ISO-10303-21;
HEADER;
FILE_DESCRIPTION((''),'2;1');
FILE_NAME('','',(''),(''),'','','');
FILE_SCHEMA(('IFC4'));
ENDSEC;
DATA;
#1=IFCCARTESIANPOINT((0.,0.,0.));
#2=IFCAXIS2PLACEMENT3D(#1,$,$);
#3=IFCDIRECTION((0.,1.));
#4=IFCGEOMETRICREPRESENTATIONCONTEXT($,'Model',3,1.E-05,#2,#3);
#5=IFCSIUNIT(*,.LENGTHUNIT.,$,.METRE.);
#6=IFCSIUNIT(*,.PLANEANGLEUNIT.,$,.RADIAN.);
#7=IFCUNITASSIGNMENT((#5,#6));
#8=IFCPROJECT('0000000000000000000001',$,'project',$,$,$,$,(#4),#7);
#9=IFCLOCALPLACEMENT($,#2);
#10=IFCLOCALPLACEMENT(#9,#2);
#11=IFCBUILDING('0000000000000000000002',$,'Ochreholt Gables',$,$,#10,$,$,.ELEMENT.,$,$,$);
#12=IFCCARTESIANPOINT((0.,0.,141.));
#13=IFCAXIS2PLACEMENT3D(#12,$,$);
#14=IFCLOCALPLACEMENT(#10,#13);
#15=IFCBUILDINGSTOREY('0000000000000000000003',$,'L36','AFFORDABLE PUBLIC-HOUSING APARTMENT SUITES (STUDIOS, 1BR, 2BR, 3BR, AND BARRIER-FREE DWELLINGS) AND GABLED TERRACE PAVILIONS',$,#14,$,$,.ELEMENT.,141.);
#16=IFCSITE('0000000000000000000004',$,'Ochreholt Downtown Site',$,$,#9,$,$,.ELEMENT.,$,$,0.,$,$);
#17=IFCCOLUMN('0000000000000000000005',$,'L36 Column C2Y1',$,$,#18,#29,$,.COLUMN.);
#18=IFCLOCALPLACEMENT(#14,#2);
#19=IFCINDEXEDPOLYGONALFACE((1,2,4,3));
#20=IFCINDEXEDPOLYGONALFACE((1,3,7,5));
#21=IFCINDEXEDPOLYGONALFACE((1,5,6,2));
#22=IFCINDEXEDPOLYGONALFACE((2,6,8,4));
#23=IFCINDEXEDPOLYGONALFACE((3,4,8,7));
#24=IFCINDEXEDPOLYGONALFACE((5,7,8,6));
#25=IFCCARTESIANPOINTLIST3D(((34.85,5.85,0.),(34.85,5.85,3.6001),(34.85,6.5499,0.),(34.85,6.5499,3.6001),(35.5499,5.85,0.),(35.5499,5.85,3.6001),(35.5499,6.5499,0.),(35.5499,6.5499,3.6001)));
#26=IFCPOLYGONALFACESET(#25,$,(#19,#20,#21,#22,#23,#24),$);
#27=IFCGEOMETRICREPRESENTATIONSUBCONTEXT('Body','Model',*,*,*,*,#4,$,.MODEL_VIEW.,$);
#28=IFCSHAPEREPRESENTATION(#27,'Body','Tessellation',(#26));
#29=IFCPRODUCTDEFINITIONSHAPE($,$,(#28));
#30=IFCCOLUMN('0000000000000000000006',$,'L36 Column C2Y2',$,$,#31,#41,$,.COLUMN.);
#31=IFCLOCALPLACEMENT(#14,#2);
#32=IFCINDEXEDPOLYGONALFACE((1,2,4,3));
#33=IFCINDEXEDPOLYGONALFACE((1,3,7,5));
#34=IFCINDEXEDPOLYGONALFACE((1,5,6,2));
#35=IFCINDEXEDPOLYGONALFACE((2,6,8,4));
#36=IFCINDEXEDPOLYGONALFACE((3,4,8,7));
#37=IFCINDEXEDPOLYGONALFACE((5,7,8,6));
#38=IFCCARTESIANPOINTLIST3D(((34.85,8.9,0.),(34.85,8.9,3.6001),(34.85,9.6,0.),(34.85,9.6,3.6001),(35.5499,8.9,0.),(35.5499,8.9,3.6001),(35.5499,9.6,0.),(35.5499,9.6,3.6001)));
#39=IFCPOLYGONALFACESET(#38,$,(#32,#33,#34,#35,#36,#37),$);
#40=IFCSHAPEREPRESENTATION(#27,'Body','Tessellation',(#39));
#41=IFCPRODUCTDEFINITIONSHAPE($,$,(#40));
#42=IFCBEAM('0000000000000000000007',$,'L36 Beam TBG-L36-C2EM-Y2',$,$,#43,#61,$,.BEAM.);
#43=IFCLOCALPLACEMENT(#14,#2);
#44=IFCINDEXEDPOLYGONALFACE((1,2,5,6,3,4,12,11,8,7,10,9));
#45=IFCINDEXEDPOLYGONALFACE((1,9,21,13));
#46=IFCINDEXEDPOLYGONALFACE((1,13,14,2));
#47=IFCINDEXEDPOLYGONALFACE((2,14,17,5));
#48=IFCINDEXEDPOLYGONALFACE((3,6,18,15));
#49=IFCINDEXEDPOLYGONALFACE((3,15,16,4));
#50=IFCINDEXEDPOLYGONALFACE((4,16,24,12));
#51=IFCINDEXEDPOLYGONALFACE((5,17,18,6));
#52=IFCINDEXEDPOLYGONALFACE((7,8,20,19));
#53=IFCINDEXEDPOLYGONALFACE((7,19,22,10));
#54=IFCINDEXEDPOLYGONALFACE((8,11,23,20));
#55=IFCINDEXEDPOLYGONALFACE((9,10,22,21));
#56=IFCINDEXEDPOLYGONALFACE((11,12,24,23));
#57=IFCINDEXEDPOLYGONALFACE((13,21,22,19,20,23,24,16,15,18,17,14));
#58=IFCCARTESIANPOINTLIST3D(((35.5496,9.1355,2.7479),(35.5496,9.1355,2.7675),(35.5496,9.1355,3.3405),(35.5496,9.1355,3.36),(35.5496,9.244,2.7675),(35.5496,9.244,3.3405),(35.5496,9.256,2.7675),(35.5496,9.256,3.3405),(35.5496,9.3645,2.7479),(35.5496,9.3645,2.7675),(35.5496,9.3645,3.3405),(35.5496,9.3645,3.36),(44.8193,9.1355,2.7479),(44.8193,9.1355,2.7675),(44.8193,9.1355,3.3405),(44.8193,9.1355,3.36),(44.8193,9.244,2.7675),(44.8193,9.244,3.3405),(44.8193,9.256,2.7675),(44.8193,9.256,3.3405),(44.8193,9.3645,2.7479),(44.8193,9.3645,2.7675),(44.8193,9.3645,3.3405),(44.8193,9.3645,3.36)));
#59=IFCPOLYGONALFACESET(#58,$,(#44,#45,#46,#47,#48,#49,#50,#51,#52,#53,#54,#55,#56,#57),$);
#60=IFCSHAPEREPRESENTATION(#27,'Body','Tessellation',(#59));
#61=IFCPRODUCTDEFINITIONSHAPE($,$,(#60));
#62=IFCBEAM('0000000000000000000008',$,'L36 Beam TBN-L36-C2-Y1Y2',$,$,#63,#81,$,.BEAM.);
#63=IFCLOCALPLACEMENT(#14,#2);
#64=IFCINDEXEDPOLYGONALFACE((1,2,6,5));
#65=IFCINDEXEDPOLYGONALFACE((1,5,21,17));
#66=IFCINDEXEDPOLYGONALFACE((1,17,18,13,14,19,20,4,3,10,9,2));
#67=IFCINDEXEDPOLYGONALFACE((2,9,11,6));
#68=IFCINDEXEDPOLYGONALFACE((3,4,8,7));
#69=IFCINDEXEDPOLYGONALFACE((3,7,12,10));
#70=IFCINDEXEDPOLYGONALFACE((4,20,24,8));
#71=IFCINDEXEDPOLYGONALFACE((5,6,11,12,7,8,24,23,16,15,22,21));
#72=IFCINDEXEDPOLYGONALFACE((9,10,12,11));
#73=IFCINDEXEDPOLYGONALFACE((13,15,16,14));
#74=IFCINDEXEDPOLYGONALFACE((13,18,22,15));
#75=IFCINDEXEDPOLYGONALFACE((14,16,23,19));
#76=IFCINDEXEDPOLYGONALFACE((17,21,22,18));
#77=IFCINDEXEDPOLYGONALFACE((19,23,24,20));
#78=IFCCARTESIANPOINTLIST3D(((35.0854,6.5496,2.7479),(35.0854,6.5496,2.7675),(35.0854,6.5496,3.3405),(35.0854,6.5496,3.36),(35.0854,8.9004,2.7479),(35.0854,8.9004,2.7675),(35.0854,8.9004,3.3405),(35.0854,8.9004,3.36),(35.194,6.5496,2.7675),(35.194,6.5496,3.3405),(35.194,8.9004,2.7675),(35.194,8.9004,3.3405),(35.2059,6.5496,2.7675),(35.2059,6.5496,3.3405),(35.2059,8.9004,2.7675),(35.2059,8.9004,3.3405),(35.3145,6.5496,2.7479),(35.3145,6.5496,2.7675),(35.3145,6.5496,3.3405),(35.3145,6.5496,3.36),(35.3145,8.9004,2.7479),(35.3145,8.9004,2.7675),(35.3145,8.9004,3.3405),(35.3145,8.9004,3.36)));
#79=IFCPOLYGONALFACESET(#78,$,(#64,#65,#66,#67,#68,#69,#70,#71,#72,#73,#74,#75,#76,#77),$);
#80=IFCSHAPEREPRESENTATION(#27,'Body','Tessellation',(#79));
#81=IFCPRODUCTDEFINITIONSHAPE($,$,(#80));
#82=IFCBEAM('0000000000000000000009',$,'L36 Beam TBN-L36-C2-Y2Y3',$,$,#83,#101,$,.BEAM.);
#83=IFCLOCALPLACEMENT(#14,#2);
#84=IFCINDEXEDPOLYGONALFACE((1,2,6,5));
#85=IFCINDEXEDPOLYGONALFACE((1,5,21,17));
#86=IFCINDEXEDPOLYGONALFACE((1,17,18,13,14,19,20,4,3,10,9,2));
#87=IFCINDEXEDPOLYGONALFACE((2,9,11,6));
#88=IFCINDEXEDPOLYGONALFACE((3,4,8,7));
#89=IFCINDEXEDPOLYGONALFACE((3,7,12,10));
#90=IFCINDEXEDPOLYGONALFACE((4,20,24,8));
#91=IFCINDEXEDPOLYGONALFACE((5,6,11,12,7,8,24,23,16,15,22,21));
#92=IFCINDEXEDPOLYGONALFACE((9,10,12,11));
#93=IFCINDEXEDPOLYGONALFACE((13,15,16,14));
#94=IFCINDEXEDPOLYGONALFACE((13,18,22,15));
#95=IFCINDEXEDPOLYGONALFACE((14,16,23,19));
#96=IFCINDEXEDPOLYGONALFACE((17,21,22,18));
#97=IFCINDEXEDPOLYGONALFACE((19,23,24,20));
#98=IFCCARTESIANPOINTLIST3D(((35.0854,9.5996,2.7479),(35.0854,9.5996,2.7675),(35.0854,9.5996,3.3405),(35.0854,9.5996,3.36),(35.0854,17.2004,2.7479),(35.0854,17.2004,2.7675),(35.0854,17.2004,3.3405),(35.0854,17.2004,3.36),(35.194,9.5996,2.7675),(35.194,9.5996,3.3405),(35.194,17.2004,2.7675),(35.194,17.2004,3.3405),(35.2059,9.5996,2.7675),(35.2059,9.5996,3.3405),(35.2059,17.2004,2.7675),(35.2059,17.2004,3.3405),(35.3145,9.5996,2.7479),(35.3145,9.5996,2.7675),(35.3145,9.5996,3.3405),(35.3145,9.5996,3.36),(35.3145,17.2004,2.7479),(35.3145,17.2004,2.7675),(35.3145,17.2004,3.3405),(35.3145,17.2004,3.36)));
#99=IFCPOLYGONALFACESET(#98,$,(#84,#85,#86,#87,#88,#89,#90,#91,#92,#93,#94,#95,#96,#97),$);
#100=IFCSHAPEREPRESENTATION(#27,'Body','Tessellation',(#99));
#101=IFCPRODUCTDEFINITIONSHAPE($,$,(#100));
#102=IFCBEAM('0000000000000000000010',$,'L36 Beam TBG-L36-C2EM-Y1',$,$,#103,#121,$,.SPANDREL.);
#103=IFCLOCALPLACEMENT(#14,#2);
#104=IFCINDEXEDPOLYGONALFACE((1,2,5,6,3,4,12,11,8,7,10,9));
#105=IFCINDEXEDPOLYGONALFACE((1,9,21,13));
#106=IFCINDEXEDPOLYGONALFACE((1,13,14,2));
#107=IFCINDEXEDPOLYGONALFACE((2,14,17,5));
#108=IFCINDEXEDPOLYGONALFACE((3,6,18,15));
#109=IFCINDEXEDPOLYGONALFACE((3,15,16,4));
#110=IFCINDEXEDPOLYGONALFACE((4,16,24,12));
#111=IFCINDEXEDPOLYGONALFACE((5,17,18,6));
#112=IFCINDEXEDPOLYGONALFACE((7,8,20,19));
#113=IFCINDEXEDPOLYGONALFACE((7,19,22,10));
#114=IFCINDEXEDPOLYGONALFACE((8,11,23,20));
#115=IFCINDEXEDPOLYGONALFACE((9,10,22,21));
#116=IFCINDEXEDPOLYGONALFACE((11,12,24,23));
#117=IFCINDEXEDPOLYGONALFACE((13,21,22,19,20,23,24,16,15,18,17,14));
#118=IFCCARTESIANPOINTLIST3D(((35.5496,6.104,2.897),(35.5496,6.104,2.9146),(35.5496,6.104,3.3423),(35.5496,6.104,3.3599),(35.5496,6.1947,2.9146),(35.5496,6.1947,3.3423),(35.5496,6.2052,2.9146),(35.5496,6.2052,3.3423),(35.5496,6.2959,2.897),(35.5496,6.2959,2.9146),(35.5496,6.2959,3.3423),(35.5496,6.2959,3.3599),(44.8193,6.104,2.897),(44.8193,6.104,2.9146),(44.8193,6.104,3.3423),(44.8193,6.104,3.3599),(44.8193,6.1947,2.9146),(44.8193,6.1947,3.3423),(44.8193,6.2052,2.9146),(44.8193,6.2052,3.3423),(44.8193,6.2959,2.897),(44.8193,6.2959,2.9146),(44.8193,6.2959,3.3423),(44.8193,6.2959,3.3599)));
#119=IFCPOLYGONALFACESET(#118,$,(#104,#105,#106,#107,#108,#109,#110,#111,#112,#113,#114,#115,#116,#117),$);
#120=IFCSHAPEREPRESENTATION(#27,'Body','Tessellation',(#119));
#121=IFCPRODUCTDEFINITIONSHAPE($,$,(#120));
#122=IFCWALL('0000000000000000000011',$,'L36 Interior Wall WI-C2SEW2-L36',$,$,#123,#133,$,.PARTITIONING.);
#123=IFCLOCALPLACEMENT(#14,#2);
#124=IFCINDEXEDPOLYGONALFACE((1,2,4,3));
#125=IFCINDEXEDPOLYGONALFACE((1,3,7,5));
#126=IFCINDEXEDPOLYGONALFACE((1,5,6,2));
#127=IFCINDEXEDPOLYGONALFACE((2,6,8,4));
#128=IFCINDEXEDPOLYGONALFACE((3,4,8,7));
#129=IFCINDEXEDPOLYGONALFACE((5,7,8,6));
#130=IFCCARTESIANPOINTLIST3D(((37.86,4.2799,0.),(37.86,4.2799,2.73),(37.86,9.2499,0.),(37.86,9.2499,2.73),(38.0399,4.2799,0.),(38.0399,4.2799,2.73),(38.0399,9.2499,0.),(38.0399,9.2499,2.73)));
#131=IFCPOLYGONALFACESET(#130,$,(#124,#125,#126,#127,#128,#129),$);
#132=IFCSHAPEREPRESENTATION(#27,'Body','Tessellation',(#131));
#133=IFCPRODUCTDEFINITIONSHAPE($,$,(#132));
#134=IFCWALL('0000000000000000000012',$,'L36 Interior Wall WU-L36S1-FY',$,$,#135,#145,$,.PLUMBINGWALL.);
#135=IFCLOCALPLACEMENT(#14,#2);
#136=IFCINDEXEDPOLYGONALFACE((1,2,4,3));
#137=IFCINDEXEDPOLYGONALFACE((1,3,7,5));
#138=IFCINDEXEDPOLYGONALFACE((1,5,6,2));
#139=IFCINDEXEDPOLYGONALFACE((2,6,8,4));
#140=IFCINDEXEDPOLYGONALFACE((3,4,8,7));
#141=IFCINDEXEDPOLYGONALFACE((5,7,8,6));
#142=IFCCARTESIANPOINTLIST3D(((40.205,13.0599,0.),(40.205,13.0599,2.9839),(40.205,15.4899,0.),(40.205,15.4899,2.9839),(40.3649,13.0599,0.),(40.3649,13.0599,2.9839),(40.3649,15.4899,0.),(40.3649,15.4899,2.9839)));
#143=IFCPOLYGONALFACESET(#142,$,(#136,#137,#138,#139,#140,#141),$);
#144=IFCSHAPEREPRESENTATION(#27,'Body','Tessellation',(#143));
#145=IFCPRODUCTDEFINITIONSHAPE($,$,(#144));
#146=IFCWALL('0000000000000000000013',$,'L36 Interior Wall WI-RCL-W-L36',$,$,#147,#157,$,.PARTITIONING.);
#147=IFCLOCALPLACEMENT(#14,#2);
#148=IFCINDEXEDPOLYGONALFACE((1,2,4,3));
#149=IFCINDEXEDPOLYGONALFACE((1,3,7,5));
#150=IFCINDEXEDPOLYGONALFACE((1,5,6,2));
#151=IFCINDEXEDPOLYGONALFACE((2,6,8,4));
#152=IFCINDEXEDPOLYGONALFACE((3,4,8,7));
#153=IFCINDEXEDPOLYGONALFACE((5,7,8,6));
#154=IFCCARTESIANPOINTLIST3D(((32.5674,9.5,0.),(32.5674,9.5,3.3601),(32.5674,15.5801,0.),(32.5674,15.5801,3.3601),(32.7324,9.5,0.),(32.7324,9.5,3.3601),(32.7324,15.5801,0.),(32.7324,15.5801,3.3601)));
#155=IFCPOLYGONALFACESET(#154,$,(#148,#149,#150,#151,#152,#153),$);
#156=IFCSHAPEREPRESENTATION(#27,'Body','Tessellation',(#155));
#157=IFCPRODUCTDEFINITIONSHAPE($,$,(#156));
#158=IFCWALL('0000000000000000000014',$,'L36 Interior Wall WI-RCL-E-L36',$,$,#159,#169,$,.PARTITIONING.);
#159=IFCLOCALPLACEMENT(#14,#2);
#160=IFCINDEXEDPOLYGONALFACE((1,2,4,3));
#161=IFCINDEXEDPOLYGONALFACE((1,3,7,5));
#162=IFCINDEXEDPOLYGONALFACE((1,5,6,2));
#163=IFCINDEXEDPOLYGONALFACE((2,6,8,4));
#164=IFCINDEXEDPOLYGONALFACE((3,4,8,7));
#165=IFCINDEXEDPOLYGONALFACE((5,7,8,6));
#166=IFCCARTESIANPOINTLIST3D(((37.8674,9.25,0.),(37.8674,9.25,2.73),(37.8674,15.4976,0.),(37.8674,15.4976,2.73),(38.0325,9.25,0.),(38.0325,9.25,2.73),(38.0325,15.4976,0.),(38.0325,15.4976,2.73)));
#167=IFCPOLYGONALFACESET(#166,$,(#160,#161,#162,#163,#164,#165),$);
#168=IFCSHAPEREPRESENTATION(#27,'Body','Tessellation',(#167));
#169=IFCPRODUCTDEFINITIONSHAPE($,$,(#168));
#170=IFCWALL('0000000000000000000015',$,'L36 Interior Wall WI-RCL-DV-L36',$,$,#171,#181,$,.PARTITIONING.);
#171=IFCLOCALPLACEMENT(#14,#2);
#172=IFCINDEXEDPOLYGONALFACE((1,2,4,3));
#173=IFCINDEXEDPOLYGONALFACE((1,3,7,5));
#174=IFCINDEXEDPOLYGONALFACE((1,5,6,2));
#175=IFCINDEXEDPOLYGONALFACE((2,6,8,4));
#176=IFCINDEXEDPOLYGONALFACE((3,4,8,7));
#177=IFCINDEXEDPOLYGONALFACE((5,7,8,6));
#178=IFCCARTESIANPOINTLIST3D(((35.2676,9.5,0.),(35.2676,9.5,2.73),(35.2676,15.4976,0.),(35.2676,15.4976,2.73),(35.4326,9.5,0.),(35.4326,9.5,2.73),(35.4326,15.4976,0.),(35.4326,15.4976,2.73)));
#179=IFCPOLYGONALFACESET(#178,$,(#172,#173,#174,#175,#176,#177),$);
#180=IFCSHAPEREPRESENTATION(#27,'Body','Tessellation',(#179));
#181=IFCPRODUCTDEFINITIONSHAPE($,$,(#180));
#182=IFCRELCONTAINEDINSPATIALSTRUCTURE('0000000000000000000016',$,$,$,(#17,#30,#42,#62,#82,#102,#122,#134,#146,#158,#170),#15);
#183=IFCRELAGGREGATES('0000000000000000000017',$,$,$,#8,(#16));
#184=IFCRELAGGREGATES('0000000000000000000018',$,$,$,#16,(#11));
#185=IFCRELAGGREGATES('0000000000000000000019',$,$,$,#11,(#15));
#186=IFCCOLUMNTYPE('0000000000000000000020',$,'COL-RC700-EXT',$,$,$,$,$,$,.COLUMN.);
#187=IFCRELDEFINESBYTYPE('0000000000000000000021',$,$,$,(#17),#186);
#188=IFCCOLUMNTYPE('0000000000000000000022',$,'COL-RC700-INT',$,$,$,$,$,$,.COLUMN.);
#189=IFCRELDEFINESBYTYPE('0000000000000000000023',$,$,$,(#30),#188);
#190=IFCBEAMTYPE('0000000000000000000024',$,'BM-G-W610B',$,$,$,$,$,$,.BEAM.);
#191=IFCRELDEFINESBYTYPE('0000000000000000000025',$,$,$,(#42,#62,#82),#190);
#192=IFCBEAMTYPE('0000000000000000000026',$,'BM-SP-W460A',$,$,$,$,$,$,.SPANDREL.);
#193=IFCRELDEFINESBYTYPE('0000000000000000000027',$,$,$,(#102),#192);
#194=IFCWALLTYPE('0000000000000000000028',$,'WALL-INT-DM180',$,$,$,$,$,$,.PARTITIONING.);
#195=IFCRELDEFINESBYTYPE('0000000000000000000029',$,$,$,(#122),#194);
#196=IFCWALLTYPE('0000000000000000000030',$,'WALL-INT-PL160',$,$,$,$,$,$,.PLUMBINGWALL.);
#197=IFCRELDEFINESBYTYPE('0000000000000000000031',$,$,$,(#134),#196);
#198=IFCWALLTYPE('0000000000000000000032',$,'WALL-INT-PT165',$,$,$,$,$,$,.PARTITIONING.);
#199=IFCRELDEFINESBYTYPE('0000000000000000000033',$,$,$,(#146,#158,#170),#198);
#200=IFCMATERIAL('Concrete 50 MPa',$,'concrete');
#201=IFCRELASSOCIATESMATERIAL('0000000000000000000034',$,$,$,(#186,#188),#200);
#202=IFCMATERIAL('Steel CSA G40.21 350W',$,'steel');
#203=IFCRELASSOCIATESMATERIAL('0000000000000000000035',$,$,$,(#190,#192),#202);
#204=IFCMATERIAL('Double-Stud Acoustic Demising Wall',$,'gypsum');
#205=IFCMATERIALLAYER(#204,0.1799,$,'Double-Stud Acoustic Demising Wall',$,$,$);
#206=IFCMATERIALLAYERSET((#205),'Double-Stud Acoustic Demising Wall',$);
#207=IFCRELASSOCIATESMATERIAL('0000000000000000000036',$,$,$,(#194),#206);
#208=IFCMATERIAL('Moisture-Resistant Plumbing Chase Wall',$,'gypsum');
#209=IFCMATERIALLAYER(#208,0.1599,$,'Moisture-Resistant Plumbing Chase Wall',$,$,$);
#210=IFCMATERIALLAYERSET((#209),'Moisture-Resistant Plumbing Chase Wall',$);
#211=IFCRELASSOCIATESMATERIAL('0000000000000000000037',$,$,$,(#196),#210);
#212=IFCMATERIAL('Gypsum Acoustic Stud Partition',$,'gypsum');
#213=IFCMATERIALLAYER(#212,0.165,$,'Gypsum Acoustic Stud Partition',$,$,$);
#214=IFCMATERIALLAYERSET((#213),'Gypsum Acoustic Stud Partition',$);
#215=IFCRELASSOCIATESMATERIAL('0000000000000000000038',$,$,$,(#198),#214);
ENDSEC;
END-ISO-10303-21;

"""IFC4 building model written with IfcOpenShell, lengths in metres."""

from ifc_helpers import new_model, si_unit, direction, frame, frame_2d, origin, origin_2d, place, context, subcontext, project, spatial, rectangle, i_section, extrude, material, layer, layer_set, material_profile, profile_set, type_object, element, save


model = new_model("IFC4")

# Units and contexts
model_context = context("Model", 3, precision=1e-05, world=origin(), true_north=direction((0.0, 1.0)))
body_context = subcontext(model_context, "Body", "Model", "MODEL_VIEW")
ifc_project = project(units=[si_unit("LENGTHUNIT", "METRE"), si_unit("PLANEANGLEUNIT", "RADIAN")], contexts=[model_context])

# Site, building, storey
site_placement = place(None, origin())
site = spatial("IfcSite", under=ifc_project, at=site_placement, Name="Ochreholt Downtown Site", CompositionType="ELEMENT", RefElevation=0.0)
building_placement = place(site_placement, origin())
building = spatial("IfcBuilding", under=site, at=building_placement, Name="Ochreholt Gables", CompositionType="ELEMENT")
storey_placement = place(building_placement, frame((0.0, 0.0, 141.0)))
storey = spatial("IfcBuildingStorey", under=building, at=storey_placement, Name="L36", Description="AFFORDABLE PUBLIC-HOUSING APARTMENT SUITES (STUDIOS, 1BR, 2BR, 3BR, AND BARRIER-FREE DWELLINGS) AND GABLED TERRACE PAVILIONS", CompositionType="ELEMENT", Elevation=141.0)

# Columns
ifc_material_1 = material(Name="Concrete 50 MPa", Category="concrete")
ifc_material_profile_1 = material_profile(ifc_material_1, rectangle(XDim=0.7, YDim=0.7, at=origin_2d()), Name="RC700X700")
ifc_profile_set_1 = profile_set([ifc_material_profile_1], Name="Concrete 50 MPa")
column_type_1 = type_object("IfcColumnType", Name="COL-RC700-EXT", PredefinedType="COLUMN", material=ifc_profile_set_1)
column_1_placement = place(storey_placement, frame((35.2, 6.2, 0.0), z_axis=(0.0, 0.0, 1.0), x_axis=(1.0, 0.0, 0.0)))
element("IfcColumn", 1, at=column_1_placement, inside=storey, type_object=column_type_1, Name="L36 Column C2Y1", PredefinedType="COLUMN", context=body_context, shape_type="SweptSolid", body=[
    extrude(rectangle(XDim=0.7, YDim=0.7, at=origin_2d()), origin(), (0.0, 0.0, 1.0), 3.6001),
])
ifc_material_profile_2 = material_profile(ifc_material_1, rectangle(XDim=0.7, YDim=0.7, at=origin_2d()), Name="RC700X700")
ifc_profile_set_2 = profile_set([ifc_material_profile_2], Name="Concrete 50 MPa")
column_type_2 = type_object("IfcColumnType", Name="COL-RC700-INT", PredefinedType="COLUMN", material=ifc_profile_set_2)
column_2_placement = place(storey_placement, frame((35.2, 9.25, 0.0), z_axis=(0.0, 0.0, 1.0), x_axis=(1.0, 0.0, 0.0)))
element("IfcColumn", 2, at=column_2_placement, inside=storey, type_object=column_type_2, Name="L36 Column C2Y2", PredefinedType="COLUMN", context=body_context, shape_type="SweptSolid", body=[
    extrude(rectangle(XDim=0.7, YDim=0.7, at=origin_2d()), origin(), (0.0, 0.0, 1.0), 3.6001),
])

# Beams
ifc_material_2 = material(Name="Steel CSA G40.21 350W", Category="steel")
ifc_material_profile_3 = material_profile(ifc_material_2, i_section(OverallWidth=0.229, OverallDepth=0.6121, WebThickness=0.012, FlangeThickness=0.0195, at=origin_2d()), Name="W610X125")
ifc_profile_set_3 = profile_set([ifc_material_profile_3], Name="Steel CSA G40.21 350W")
beam_type_1 = type_object("IfcBeamType", Name="BM-G-W610B", PredefinedType="BEAM", material=ifc_profile_set_3)
beam_1_placement = place(storey_placement, frame((35.5496, 9.25, 3.054), z_axis=(1.0, 0.0, 0.0), x_axis=(0.0, 1.0, 0.0)))
element("IfcBeam", 3, at=beam_1_placement, inside=storey, type_object=beam_type_1, Name="L36 Beam TBG-L36-C2EM-Y2", PredefinedType="BEAM", context=body_context, shape_type="SweptSolid", body=[
    extrude(i_section(OverallWidth=0.229, OverallDepth=0.6121, WebThickness=0.012, FlangeThickness=0.0195, at=origin_2d()), origin(), (0.0, 0.0, 1.0), 9.2698),
])
beam_2_placement = place(storey_placement, frame((35.2, 6.5496, 3.054), z_axis=(0.0, 1.0, 0.0), x_axis=(-1.0, 0.0, 0.0)))
element("IfcBeam", 4, at=beam_2_placement, inside=storey, type_object=beam_type_1, Name="L36 Beam TBN-L36-C2-Y1Y2", PredefinedType="BEAM", context=body_context, shape_type="SweptSolid", body=[
    extrude(i_section(OverallWidth=0.229, OverallDepth=0.6121, WebThickness=0.012, FlangeThickness=0.0195, at=origin_2d()), origin(), (0.0, 0.0, 1.0), 2.3508),
])
beam_3_placement = place(storey_placement, frame((35.2, 9.5996, 3.054), z_axis=(0.0, 1.0, 0.0), x_axis=(-1.0, 0.0, 0.0)))
element("IfcBeam", 5, at=beam_3_placement, inside=storey, type_object=beam_type_1, Name="L36 Beam TBN-L36-C2-Y2Y3", PredefinedType="BEAM", context=body_context, shape_type="SweptSolid", body=[
    extrude(i_section(OverallWidth=0.229, OverallDepth=0.6121, WebThickness=0.012, FlangeThickness=0.0195, at=origin_2d()), origin(), (0.0, 0.0, 1.0), 7.6008),
])
ifc_material_profile_4 = material_profile(ifc_material_2, i_section(OverallWidth=0.1919, OverallDepth=0.4629, WebThickness=0.0105, FlangeThickness=0.0176, at=origin_2d()), Name="W460X89")
ifc_profile_set_4 = profile_set([ifc_material_profile_4], Name="Steel CSA G40.21 350W")
beam_type_2 = type_object("IfcBeamType", Name="BM-SP-W460A", PredefinedType="SPANDREL", material=ifc_profile_set_4)
beam_4_placement = place(storey_placement, frame((35.5496, 6.2, 3.1284), z_axis=(1.0, 0.0, 0.0), x_axis=(0.0, 1.0, 0.0)))
element("IfcBeam", 6, at=beam_4_placement, inside=storey, type_object=beam_type_2, Name="L36 Beam TBG-L36-C2EM-Y1", PredefinedType="SPANDREL", context=body_context, shape_type="SweptSolid", body=[
    extrude(i_section(OverallWidth=0.1919, OverallDepth=0.4629, WebThickness=0.0105, FlangeThickness=0.0176, at=origin_2d()), origin(), (0.0, 0.0, 1.0), 9.2698),
])

# Shared definitions
ifc_material_3 = material(Name="Double-Stud Acoustic Demising Wall", Category="gypsum")
ifc_layer_1 = layer(ifc_material_3, 0.1799, Name="Double-Stud Acoustic Demising Wall")
ifc_layer_set_1 = layer_set([ifc_layer_1], Name="Double-Stud Acoustic Demising Wall")
wall_type_1 = type_object("IfcWallType", Name="WALL-INT-DM180", PredefinedType="PARTITIONING", material=ifc_layer_set_1)

# Wall
wall_1_placement = place(storey_placement, frame((37.95, 4.28, 0.0), z_axis=(0.0, 0.0, 1.0), x_axis=(0.0, 1.0, 0.0)))
element("IfcWall", 7, at=wall_1_placement, inside=storey, type_object=wall_type_1, Name="L36 Interior Wall WI-C2SEW2-L36", PredefinedType="PARTITIONING", context=body_context, shape_type="SweptSolid", body=[
    extrude(rectangle(XDim=4.97, YDim=0.1799, at=frame_2d((2.4849, 0.0))), origin(), (0.0, 0.0, 1.0), 2.73),
])

# Shared definitions
ifc_material_4 = material(Name="Moisture-Resistant Plumbing Chase Wall", Category="gypsum")
ifc_layer_2 = layer(ifc_material_4, 0.1599, Name="Moisture-Resistant Plumbing Chase Wall")
ifc_layer_set_2 = layer_set([ifc_layer_2], Name="Moisture-Resistant Plumbing Chase Wall")
wall_type_2 = type_object("IfcWallType", Name="WALL-INT-PL160", PredefinedType="PLUMBINGWALL", material=ifc_layer_set_2)

# Walls
wall_2_placement = place(storey_placement, frame((40.2849, 13.0601, 0.0), z_axis=(0.0, 0.0, 1.0), x_axis=(0.0, 1.0, 0.0)))
element("IfcWall", 8, at=wall_2_placement, inside=storey, type_object=wall_type_2, Name="L36 Interior Wall WU-L36S1-FY", PredefinedType="PLUMBINGWALL", context=body_context, shape_type="SweptSolid", body=[
    extrude(rectangle(XDim=2.4299, YDim=0.1599, at=frame_2d((1.2148, 0.0))), origin(), (0.0, 0.0, 1.0), 2.9839),
])
ifc_material_5 = material(Name="Gypsum Acoustic Stud Partition", Category="gypsum")
ifc_layer_3 = layer(ifc_material_5, 0.165, Name="Gypsum Acoustic Stud Partition")
ifc_layer_set_3 = layer_set([ifc_layer_3], Name="Gypsum Acoustic Stud Partition")
wall_type_3 = type_object("IfcWallType", Name="WALL-INT-PT165", PredefinedType="PARTITIONING", material=ifc_layer_set_3)
wall_3_placement = place(storey_placement, frame((32.6499, 9.5, 0.0), z_axis=(0.0, 0.0, 1.0), x_axis=(0.0, 1.0, 0.0)))
element("IfcWall", 9, at=wall_3_placement, inside=storey, type_object=wall_type_3, Name="L36 Interior Wall WI-RCL-W-L36", PredefinedType="PARTITIONING", context=body_context, shape_type="SweptSolid", body=[
    extrude(rectangle(XDim=6.0801, YDim=0.165, at=frame_2d((3.04, 0.0))), origin(), (0.0, 0.0, 1.0), 3.3601),
])
wall_4_placement = place(storey_placement, frame((37.95, 9.25, 0.0), z_axis=(0.0, 0.0, 1.0), x_axis=(0.0, 1.0, 0.0)))
element("IfcWall", 10, at=wall_4_placement, inside=storey, type_object=wall_type_3, Name="L36 Interior Wall WI-RCL-E-L36", PredefinedType="PARTITIONING", context=body_context, shape_type="SweptSolid", body=[
    extrude(rectangle(XDim=6.2476, YDim=0.165, at=frame_2d((3.1238, 0.0))), origin(), (0.0, 0.0, 1.0), 2.73),
])
wall_5_placement = place(storey_placement, frame((35.3501, 9.5, 0.0), z_axis=(0.0, 0.0, 1.0), x_axis=(0.0, 1.0, 0.0)))
element("IfcWall", 11, at=wall_5_placement, inside=storey, type_object=wall_type_3, Name="L36 Interior Wall WI-RCL-DV-L36", PredefinedType="PARTITIONING", context=body_context, shape_type="SweptSolid", body=[
    extrude(rectangle(XDim=5.9976, YDim=0.165, at=frame_2d((2.9988, 0.0))), origin(), (0.0, 0.0, 1.0), 2.73),
])

save(model, "model.ifc")
